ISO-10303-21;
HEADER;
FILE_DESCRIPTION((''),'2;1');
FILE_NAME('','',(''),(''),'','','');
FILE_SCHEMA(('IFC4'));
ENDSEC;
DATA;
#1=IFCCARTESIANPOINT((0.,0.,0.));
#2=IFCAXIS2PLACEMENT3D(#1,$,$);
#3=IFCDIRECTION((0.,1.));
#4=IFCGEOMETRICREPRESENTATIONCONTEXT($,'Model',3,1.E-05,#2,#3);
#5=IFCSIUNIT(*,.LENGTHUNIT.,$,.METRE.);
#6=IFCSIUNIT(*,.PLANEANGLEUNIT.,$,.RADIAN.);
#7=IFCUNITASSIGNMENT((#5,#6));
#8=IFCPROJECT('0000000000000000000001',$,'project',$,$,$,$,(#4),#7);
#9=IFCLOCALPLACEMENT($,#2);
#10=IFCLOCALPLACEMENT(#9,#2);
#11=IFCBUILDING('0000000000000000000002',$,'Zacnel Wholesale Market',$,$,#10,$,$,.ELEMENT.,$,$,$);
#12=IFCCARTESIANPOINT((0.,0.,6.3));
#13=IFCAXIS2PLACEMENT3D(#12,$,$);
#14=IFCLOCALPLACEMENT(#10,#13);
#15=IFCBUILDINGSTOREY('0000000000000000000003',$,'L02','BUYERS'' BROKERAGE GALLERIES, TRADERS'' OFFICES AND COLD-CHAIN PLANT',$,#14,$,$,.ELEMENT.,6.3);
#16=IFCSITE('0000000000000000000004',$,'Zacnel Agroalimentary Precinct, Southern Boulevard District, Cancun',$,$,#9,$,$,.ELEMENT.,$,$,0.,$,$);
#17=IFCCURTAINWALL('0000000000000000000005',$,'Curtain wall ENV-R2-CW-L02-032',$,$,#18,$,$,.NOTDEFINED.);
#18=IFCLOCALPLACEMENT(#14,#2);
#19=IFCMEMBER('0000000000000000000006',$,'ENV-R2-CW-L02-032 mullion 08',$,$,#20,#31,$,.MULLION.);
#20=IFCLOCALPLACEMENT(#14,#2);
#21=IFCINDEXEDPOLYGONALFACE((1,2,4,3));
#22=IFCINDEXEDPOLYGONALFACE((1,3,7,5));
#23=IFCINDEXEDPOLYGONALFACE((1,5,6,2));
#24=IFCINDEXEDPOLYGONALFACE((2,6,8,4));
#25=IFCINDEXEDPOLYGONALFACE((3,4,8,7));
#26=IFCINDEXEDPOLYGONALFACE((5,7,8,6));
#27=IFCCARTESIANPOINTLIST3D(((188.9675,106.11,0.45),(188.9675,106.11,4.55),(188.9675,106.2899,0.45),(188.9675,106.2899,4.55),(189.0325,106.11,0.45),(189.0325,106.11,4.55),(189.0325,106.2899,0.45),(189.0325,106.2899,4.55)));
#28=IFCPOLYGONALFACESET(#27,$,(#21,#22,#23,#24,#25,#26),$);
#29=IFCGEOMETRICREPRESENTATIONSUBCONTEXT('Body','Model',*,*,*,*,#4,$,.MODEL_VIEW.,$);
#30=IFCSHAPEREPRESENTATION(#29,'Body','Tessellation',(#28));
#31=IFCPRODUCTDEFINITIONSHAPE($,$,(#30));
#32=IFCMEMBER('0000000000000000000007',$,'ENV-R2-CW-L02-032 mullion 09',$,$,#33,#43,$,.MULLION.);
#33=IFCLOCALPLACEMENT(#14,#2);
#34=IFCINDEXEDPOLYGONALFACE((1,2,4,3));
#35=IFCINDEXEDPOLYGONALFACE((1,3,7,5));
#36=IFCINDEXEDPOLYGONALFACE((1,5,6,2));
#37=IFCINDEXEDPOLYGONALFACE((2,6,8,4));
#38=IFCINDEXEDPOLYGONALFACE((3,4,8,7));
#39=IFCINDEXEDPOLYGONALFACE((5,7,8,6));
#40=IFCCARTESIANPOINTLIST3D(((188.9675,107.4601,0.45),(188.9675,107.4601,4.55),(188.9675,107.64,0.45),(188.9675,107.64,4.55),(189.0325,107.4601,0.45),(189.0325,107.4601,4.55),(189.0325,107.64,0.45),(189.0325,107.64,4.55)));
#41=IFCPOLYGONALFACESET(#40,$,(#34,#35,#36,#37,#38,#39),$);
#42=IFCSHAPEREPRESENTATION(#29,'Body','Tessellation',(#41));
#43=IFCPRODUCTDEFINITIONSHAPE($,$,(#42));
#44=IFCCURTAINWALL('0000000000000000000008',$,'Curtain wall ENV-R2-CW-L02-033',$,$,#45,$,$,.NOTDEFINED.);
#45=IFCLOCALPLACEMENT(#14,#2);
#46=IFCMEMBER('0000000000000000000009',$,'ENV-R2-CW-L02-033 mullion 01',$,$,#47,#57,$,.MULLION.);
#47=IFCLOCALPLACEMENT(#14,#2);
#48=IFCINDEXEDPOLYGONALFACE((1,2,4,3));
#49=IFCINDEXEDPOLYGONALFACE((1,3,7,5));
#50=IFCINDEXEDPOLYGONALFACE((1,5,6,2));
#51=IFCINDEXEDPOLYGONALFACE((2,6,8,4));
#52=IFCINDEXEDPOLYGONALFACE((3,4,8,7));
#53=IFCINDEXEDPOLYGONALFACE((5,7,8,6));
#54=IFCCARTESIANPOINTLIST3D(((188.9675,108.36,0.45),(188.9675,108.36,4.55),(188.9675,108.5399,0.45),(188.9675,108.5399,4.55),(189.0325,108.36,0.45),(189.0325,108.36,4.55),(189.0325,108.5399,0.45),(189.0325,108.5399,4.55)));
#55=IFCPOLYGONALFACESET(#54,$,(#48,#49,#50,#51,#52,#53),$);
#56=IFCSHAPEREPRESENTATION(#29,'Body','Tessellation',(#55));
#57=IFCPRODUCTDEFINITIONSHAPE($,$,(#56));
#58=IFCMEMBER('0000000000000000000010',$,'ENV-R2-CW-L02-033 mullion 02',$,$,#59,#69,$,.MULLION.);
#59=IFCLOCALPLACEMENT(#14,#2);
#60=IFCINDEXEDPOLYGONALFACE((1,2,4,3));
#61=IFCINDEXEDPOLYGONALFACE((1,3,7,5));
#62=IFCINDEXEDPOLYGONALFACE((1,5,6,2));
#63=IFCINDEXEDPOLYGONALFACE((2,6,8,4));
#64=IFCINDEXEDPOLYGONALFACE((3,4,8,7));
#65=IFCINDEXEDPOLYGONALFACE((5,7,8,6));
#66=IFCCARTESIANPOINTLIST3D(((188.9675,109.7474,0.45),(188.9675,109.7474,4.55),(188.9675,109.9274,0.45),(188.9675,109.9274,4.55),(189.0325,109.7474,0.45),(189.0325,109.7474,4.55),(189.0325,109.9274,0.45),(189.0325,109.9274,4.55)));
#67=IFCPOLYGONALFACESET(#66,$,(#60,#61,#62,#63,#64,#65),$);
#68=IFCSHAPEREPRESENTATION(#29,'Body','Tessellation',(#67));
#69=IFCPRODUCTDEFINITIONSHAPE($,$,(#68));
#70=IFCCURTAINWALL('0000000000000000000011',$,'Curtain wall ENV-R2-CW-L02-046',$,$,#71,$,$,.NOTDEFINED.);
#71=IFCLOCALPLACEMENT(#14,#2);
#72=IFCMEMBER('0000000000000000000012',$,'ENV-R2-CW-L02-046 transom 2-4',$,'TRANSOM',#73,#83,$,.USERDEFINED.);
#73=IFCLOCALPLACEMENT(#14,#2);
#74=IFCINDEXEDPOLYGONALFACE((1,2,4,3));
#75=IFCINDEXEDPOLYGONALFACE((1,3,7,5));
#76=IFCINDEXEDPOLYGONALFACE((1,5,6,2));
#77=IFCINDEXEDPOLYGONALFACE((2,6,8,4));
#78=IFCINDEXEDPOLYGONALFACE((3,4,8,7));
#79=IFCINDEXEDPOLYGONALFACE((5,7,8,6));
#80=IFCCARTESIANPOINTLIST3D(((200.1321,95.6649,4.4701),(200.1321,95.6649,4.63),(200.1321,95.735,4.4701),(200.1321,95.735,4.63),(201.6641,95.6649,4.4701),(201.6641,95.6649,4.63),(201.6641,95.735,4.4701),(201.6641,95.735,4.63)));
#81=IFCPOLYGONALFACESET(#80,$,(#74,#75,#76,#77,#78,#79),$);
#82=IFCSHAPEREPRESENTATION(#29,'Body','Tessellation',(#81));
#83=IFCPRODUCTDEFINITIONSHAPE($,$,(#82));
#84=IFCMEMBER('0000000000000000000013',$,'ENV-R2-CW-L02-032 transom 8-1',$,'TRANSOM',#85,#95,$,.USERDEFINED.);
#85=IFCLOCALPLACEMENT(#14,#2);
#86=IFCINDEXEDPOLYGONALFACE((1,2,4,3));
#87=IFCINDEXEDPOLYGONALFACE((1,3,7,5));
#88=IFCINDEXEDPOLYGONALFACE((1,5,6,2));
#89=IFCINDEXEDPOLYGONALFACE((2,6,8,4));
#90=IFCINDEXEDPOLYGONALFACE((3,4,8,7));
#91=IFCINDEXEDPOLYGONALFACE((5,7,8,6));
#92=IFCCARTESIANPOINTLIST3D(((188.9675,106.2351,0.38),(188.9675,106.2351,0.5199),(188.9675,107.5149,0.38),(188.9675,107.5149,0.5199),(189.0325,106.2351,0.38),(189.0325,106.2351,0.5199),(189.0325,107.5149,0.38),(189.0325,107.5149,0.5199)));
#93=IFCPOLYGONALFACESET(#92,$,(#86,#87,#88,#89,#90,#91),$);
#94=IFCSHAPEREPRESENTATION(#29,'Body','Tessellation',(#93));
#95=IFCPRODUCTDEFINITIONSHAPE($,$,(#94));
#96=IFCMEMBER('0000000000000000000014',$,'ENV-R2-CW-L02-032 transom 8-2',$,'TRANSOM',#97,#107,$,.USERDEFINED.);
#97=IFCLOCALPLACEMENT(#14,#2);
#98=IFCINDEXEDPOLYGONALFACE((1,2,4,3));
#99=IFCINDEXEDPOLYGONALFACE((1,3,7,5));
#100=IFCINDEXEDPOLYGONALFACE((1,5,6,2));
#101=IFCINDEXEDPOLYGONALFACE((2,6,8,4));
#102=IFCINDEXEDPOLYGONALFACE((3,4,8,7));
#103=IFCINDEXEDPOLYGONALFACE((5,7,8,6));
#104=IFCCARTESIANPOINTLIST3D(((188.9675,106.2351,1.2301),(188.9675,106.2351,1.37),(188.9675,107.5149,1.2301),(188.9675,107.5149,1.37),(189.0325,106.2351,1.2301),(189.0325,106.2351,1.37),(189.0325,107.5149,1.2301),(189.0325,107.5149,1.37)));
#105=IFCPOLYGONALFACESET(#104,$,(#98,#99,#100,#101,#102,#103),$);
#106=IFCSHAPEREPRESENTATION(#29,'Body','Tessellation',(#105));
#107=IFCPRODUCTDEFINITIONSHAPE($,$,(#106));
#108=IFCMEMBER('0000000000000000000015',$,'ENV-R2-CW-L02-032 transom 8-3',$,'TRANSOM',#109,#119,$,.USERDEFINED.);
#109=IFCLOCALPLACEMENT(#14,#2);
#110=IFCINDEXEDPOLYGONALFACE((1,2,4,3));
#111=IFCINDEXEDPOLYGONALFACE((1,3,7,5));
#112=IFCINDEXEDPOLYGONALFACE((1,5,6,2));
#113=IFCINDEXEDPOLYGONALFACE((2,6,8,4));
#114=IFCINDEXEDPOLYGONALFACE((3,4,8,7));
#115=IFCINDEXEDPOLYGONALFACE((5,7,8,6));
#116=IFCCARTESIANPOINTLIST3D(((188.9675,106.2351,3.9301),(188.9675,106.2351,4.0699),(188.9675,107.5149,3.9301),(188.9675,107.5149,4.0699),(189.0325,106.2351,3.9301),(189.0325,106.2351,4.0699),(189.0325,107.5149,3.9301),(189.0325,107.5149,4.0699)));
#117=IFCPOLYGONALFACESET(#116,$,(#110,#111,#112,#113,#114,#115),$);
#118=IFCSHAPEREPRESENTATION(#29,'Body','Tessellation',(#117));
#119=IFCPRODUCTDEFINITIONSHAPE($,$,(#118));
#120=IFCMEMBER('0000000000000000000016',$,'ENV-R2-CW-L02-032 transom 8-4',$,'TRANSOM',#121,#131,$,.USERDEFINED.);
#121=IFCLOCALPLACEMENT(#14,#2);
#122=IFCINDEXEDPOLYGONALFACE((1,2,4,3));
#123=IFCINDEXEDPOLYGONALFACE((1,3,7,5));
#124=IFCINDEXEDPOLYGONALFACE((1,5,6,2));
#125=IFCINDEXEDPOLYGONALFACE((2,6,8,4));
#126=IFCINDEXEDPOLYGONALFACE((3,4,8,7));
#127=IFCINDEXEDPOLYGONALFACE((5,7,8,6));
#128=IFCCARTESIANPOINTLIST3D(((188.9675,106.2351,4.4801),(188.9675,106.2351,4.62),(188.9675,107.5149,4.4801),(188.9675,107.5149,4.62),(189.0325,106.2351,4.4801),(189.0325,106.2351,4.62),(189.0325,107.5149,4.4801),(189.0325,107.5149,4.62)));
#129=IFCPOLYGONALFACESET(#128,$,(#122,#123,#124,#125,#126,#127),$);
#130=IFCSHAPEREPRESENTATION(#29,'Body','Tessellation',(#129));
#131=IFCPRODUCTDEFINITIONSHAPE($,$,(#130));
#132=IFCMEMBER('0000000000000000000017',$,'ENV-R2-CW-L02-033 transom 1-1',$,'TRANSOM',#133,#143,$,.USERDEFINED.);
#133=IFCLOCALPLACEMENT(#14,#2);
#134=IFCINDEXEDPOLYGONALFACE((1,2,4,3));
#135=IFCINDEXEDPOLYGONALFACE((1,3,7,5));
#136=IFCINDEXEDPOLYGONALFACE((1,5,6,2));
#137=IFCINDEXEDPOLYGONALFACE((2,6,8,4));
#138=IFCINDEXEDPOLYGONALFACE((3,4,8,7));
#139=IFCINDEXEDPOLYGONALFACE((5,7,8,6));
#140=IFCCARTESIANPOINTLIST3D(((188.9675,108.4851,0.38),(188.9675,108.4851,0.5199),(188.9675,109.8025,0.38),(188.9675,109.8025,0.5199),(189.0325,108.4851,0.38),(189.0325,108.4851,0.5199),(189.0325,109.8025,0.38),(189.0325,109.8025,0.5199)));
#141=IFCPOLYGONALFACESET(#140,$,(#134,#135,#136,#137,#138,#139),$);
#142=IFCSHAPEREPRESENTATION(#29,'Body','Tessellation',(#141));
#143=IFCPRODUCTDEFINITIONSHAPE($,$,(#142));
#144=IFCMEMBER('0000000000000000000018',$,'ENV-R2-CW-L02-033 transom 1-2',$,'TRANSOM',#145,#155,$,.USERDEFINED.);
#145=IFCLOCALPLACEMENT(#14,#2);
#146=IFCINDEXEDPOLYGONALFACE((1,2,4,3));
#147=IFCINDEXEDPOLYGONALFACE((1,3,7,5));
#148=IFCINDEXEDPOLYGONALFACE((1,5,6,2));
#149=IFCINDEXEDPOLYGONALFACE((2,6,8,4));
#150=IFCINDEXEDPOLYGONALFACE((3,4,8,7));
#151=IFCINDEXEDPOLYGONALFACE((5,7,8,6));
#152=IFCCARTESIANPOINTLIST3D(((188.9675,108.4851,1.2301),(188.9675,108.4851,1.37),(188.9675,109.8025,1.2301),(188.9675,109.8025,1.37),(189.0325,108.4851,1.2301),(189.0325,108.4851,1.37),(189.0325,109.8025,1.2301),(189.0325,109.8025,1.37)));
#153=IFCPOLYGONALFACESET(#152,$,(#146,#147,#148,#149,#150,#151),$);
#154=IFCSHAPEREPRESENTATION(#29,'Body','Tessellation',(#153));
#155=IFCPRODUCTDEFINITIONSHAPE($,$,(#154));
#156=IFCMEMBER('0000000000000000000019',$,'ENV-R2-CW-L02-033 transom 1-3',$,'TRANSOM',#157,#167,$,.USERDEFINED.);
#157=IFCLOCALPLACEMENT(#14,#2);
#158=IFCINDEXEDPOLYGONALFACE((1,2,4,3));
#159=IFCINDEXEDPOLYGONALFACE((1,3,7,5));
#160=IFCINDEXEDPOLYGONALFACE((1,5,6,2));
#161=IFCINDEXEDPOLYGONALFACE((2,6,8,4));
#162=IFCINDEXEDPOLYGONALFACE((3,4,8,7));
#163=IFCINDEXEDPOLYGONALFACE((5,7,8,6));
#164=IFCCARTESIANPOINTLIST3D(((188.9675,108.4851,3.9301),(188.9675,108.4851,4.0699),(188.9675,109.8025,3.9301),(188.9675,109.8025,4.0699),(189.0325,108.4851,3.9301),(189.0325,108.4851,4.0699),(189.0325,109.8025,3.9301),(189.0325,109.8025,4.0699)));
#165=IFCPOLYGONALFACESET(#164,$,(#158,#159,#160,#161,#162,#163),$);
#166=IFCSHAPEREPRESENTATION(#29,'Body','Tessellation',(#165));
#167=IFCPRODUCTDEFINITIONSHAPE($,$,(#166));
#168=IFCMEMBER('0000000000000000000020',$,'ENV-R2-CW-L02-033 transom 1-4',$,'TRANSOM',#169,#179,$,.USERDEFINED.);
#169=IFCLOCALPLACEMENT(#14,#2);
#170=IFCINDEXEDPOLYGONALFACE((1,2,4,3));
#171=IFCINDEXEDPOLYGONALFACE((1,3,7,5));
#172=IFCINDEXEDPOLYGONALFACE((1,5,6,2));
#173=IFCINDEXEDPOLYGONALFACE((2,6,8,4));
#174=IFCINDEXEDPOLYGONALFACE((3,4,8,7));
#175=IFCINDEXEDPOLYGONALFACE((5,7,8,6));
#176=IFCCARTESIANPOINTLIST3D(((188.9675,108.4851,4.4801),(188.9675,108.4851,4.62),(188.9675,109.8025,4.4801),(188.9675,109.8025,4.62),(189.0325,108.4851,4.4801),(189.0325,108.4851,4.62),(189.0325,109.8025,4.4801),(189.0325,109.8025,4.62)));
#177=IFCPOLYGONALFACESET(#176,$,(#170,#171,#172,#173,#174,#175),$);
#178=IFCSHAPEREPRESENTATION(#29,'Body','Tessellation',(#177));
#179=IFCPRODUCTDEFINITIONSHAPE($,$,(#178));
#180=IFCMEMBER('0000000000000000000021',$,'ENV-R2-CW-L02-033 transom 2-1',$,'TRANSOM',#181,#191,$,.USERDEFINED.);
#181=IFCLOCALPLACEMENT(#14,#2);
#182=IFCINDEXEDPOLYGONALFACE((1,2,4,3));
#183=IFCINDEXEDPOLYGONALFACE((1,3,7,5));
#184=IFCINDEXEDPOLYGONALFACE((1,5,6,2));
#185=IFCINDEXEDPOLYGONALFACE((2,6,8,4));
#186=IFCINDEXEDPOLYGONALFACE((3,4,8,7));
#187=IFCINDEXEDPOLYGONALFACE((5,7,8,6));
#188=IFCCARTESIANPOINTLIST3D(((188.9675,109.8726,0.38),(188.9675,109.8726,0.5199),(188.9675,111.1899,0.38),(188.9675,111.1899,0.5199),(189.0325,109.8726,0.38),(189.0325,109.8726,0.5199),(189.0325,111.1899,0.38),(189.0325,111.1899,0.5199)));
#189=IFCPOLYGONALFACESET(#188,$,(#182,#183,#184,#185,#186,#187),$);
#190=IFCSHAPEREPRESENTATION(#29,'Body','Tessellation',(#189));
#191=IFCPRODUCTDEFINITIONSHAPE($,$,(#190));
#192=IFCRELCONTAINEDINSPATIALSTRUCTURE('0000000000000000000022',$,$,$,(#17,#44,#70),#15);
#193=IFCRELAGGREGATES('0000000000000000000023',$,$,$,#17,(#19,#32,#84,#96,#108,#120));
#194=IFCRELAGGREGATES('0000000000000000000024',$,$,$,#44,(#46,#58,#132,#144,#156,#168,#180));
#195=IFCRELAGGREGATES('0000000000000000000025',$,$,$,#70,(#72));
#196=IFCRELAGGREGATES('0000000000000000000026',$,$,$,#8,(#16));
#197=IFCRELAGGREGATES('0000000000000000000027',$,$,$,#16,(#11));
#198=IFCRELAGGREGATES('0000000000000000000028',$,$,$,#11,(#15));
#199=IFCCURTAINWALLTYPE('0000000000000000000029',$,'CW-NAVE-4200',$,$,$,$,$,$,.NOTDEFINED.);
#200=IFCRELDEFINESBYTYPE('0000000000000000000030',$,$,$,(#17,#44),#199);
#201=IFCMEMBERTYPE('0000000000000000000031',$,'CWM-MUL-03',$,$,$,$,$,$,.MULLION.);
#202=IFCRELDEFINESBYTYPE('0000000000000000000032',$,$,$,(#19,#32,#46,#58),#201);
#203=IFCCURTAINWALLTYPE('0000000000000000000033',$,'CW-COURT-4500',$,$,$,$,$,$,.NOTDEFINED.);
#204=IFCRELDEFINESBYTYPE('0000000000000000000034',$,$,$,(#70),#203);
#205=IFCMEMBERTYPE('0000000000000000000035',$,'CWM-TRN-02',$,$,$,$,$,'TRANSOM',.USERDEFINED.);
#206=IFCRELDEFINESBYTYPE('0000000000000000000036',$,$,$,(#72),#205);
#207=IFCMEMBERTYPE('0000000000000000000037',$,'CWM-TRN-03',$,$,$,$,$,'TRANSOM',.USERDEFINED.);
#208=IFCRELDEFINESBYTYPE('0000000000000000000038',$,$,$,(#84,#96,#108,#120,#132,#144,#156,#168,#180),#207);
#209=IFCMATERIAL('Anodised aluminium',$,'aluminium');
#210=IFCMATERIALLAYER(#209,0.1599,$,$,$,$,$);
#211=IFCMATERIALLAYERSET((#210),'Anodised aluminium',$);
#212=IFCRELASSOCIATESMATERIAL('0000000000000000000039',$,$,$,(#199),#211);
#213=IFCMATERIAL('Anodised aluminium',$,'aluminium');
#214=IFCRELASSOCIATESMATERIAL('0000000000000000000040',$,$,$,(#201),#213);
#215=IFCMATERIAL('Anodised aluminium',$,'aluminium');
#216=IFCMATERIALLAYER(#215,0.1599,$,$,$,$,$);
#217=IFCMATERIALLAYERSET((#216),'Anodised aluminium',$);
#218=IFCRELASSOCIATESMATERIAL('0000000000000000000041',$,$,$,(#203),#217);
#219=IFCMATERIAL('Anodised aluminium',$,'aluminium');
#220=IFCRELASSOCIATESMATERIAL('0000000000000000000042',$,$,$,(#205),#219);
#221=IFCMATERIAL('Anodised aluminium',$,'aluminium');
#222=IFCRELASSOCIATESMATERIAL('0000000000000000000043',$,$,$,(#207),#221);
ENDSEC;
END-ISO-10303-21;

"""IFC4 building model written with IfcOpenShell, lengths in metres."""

from ifc_helpers import new_model, si_unit, direction, frame, origin, origin_2d, place, context, subcontext, project, spatial, rectangle, extrude, material, layer, layer_set, material_profile, profile_set, type_object, element, aggregate, save


model = new_model("IFC4")

# Units and contexts
model_context = context("Model", 3, precision=1e-05, world=origin(), true_north=direction((0.0, 1.0)))
body_context = subcontext(model_context, "Body", "Model", "MODEL_VIEW")
ifc_project = project(units=[si_unit("LENGTHUNIT", "METRE"), si_unit("PLANEANGLEUNIT", "RADIAN")], contexts=[model_context])

# Site, building, storey
site_placement = place(None, origin())
site = spatial("IfcSite", under=ifc_project, at=site_placement, Name="Zacnel Agroalimentary Precinct, Southern Boulevard District, Cancun", CompositionType="ELEMENT", RefElevation=0.0)
building_placement = place(site_placement, origin())
building = spatial("IfcBuilding", under=site, at=building_placement, Name="Zacnel Wholesale Market", CompositionType="ELEMENT")
storey_placement = place(building_placement, frame((0.0, 0.0, 6.3)))
storey = spatial("IfcBuildingStorey", under=building, at=storey_placement, Name="L02", Description="BUYERS' BROKERAGE GALLERIES, TRADERS' OFFICES AND COLD-CHAIN PLANT", CompositionType="ELEMENT", Elevation=6.3)

# Curtain walls, members
ifc_material_1 = material(Name="Anodised aluminium", Category="aluminium")
ifc_layer_1 = layer(ifc_material_1, 0.1599)
ifc_layer_set_1 = layer_set([ifc_layer_1], Name="Anodised aluminium")
curtain_wall_type_1 = type_object("IfcCurtainWallType", Name="CW-NAVE-4200", PredefinedType="NOTDEFINED", material=ifc_layer_set_1)
curtain_wall_1_placement = place(storey_placement, origin())
curtain_wall_1 = element("IfcCurtainWall", 1, at=curtain_wall_1_placement, inside=storey, type_object=curtain_wall_type_1, Name="Curtain wall ENV-R2-CW-L02-032", PredefinedType="NOTDEFINED")
ifc_material_2 = material(Name="Anodised aluminium", Category="aluminium")
ifc_material_profile_1 = material_profile(ifc_material_2, rectangle(XDim=0.0649, YDim=0.1799, at=origin_2d()), Name="AW-MULLION 65x180")
ifc_profile_set_1 = profile_set([ifc_material_profile_1], Name="Anodised aluminium")
member_type_1 = type_object("IfcMemberType", Name="CWM-MUL-03", PredefinedType="MULLION", material=ifc_profile_set_1)
member_1_placement = place(storey_placement, frame((189.0, 106.2, 0.45), z_axis=(0.0, 0.0, 1.0), x_axis=(1.0, 0.0, 0.0)))
member_1 = element("IfcMember", 2, at=member_1_placement, type_object=member_type_1, Name="ENV-R2-CW-L02-032 mullion 08", PredefinedType="MULLION", context=body_context, shape_type="SweptSolid", body=[
    extrude(rectangle(XDim=0.0649, YDim=0.1799, at=origin_2d()), origin(), (0.0, 0.0, 1.0), 4.1001),
])
member_2_placement = place(storey_placement, frame((189.0, 107.55, 0.45), z_axis=(0.0, 0.0, 1.0), x_axis=(1.0, 0.0, 0.0)))
member_2 = element("IfcMember", 3, at=member_2_placement, type_object=member_type_1, Name="ENV-R2-CW-L02-032 mullion 09", PredefinedType="MULLION", context=body_context, shape_type="SweptSolid", body=[
    extrude(rectangle(XDim=0.0649, YDim=0.1799, at=origin_2d()), origin(), (0.0, 0.0, 1.0), 4.1001),
])
curtain_wall_2_placement = place(storey_placement, origin())
curtain_wall_2 = element("IfcCurtainWall", 4, at=curtain_wall_2_placement, inside=storey, type_object=curtain_wall_type_1, Name="Curtain wall ENV-R2-CW-L02-033", PredefinedType="NOTDEFINED")
member_3_placement = place(storey_placement, frame((189.0, 108.45, 0.45), z_axis=(0.0, 0.0, 1.0), x_axis=(1.0, 0.0, 0.0)))
member_3 = element("IfcMember", 5, at=member_3_placement, type_object=member_type_1, Name="ENV-R2-CW-L02-033 mullion 01", PredefinedType="MULLION", context=body_context, shape_type="SweptSolid", body=[
    extrude(rectangle(XDim=0.0649, YDim=0.1799, at=origin_2d()), origin(), (0.0, 0.0, 1.0), 4.1001),
])
member_4_placement = place(storey_placement, frame((189.0, 109.8374, 0.45), z_axis=(0.0, 0.0, 1.0), x_axis=(1.0, 0.0, 0.0)))
member_4 = element("IfcMember", 6, at=member_4_placement, type_object=member_type_1, Name="ENV-R2-CW-L02-033 mullion 02", PredefinedType="MULLION", context=body_context, shape_type="SweptSolid", body=[
    extrude(rectangle(XDim=0.0649, YDim=0.1799, at=origin_2d()), origin(), (0.0, 0.0, 1.0), 4.1001),
])

# Curtain wall, member
ifc_material_3 = material(Name="Anodised aluminium", Category="aluminium")
ifc_layer_2 = layer(ifc_material_3, 0.1599)
ifc_layer_set_2 = layer_set([ifc_layer_2], Name="Anodised aluminium")
curtain_wall_type_2 = type_object("IfcCurtainWallType", Name="CW-COURT-4500", PredefinedType="NOTDEFINED", material=ifc_layer_set_2)
curtain_wall_3_placement = place(storey_placement, origin())
curtain_wall_3 = element("IfcCurtainWall", 7, at=curtain_wall_3_placement, inside=storey, type_object=curtain_wall_type_2, Name="Curtain wall ENV-R2-CW-L02-046", PredefinedType="NOTDEFINED")
ifc_material_4 = material(Name="Anodised aluminium", Category="aluminium")
ifc_material_profile_2 = material_profile(ifc_material_4, rectangle(XDim=0.0701, YDim=0.1599, at=origin_2d()), Name="AW-TRANSOM 70x160")
ifc_profile_set_2 = profile_set([ifc_material_profile_2], Name="Anodised aluminium")
member_type_2 = type_object("IfcMemberType", Name="CWM-TRN-02", ElementType="TRANSOM", PredefinedType="USERDEFINED", material=ifc_profile_set_2)
member_5_placement = place(storey_placement, frame((200.1321, 95.7, 4.55), z_axis=(1.0, 0.0, 0.0), x_axis=(0.0, 1.0, 0.0)))
member_5 = element("IfcMember", 8, at=member_5_placement, type_object=member_type_2, Name="ENV-R2-CW-L02-046 transom 2-4", ObjectType="TRANSOM", PredefinedType="USERDEFINED", context=body_context, shape_type="SweptSolid", body=[
    extrude(rectangle(XDim=0.0701, YDim=0.1599, at=origin_2d()), origin(), (0.0, 0.0, 1.0), 1.532),
])

# Members
ifc_material_5 = material(Name="Anodised aluminium", Category="aluminium")
ifc_material_profile_3 = material_profile(ifc_material_5, rectangle(XDim=0.0649, YDim=0.1399, at=origin_2d()), Name="AW-TRANSOM 65x140")
ifc_profile_set_3 = profile_set([ifc_material_profile_3], Name="Anodised aluminium")
member_type_3 = type_object("IfcMemberType", Name="CWM-TRN-03", ElementType="TRANSOM", PredefinedType="USERDEFINED", material=ifc_profile_set_3)
member_6_placement = place(storey_placement, frame((189.0, 106.2351, 0.45), z_axis=(0.0, 1.0, 0.0), x_axis=(-1.0, 0.0, 0.0)))
member_6 = element("IfcMember", 9, at=member_6_placement, type_object=member_type_3, Name="ENV-R2-CW-L02-032 transom 8-1", ObjectType="TRANSOM", PredefinedType="USERDEFINED", context=body_context, shape_type="SweptSolid", body=[
    extrude(rectangle(XDim=0.0649, YDim=0.1399, at=origin_2d()), origin(), (0.0, 0.0, 1.0), 1.2798),
])
member_7_placement = place(storey_placement, frame((189.0, 106.2351, 1.3), z_axis=(0.0, 1.0, 0.0), x_axis=(-1.0, 0.0, 0.0)))
member_7 = element("IfcMember", 10, at=member_7_placement, type_object=member_type_3, Name="ENV-R2-CW-L02-032 transom 8-2", ObjectType="TRANSOM", PredefinedType="USERDEFINED", context=body_context, shape_type="SweptSolid", body=[
    extrude(rectangle(XDim=0.0649, YDim=0.1399, at=origin_2d()), origin(), (0.0, 0.0, 1.0), 1.2798),
])
member_8_placement = place(storey_placement, frame((189.0, 106.2351, 4.0), z_axis=(0.0, 1.0, 0.0), x_axis=(-1.0, 0.0, 0.0)))
member_8 = element("IfcMember", 11, at=member_8_placement, type_object=member_type_3, Name="ENV-R2-CW-L02-032 transom 8-3", ObjectType="TRANSOM", PredefinedType="USERDEFINED", context=body_context, shape_type="SweptSolid", body=[
    extrude(rectangle(XDim=0.0649, YDim=0.1399, at=origin_2d()), origin(), (0.0, 0.0, 1.0), 1.2798),
])
member_9_placement = place(storey_placement, frame((189.0, 106.2351, 4.55), z_axis=(0.0, 1.0, 0.0), x_axis=(-1.0, 0.0, 0.0)))
member_9 = element("IfcMember", 12, at=member_9_placement, type_object=member_type_3, Name="ENV-R2-CW-L02-032 transom 8-4", ObjectType="TRANSOM", PredefinedType="USERDEFINED", context=body_context, shape_type="SweptSolid", body=[
    extrude(rectangle(XDim=0.0649, YDim=0.1399, at=origin_2d()), origin(), (0.0, 0.0, 1.0), 1.2798),
])
member_10_placement = place(storey_placement, frame((189.0, 108.4851, 0.45), z_axis=(0.0, 1.0, 0.0), x_axis=(-1.0, 0.0, 0.0)))
member_10 = element("IfcMember", 13, at=member_10_placement, type_object=member_type_3, Name="ENV-R2-CW-L02-033 transom 1-1", ObjectType="TRANSOM", PredefinedType="USERDEFINED", context=body_context, shape_type="SweptSolid", body=[
    extrude(rectangle(XDim=0.0649, YDim=0.1399, at=origin_2d()), origin(), (0.0, 0.0, 1.0), 1.3174),
])
member_11_placement = place(storey_placement, frame((189.0, 108.4851, 1.3), z_axis=(0.0, 1.0, 0.0), x_axis=(-1.0, 0.0, 0.0)))
member_11 = element("IfcMember", 14, at=member_11_placement, type_object=member_type_3, Name="ENV-R2-CW-L02-033 transom 1-2", ObjectType="TRANSOM", PredefinedType="USERDEFINED", context=body_context, shape_type="SweptSolid", body=[
    extrude(rectangle(XDim=0.0649, YDim=0.1399, at=origin_2d()), origin(), (0.0, 0.0, 1.0), 1.3174),
])
member_12_placement = place(storey_placement, frame((189.0, 108.4851, 4.0), z_axis=(0.0, 1.0, 0.0), x_axis=(-1.0, 0.0, 0.0)))
member_12 = element("IfcMember", 15, at=member_12_placement, type_object=member_type_3, Name="ENV-R2-CW-L02-033 transom 1-3", ObjectType="TRANSOM", PredefinedType="USERDEFINED", context=body_context, shape_type="SweptSolid", body=[
    extrude(rectangle(XDim=0.0649, YDim=0.1399, at=origin_2d()), origin(), (0.0, 0.0, 1.0), 1.3174),
])
member_13_placement = place(storey_placement, frame((189.0, 108.4851, 4.55), z_axis=(0.0, 1.0, 0.0), x_axis=(-1.0, 0.0, 0.0)))
member_13 = element("IfcMember", 16, at=member_13_placement, type_object=member_type_3, Name="ENV-R2-CW-L02-033 transom 1-4", ObjectType="TRANSOM", PredefinedType="USERDEFINED", context=body_context, shape_type="SweptSolid", body=[
    extrude(rectangle(XDim=0.0649, YDim=0.1399, at=origin_2d()), origin(), (0.0, 0.0, 1.0), 1.3174),
])
member_14_placement = place(storey_placement, frame((189.0, 109.8726, 0.45), z_axis=(0.0, 1.0, 0.0), x_axis=(-1.0, 0.0, 0.0)))
member_14 = element("IfcMember", 17, at=member_14_placement, type_object=member_type_3, Name="ENV-R2-CW-L02-033 transom 2-1", ObjectType="TRANSOM", PredefinedType="USERDEFINED", context=body_context, shape_type="SweptSolid", body=[
    extrude(rectangle(XDim=0.0649, YDim=0.1399, at=origin_2d()), origin(), (0.0, 0.0, 1.0), 1.3174),
])

aggregate(curtain_wall_1, [member_1, member_2, member_6, member_7, member_8, member_9])
aggregate(curtain_wall_2, [member_3, member_4, member_10, member_11, member_12, member_13, member_14])
aggregate(curtain_wall_3, [member_5])

save(model, "model.ifc")
